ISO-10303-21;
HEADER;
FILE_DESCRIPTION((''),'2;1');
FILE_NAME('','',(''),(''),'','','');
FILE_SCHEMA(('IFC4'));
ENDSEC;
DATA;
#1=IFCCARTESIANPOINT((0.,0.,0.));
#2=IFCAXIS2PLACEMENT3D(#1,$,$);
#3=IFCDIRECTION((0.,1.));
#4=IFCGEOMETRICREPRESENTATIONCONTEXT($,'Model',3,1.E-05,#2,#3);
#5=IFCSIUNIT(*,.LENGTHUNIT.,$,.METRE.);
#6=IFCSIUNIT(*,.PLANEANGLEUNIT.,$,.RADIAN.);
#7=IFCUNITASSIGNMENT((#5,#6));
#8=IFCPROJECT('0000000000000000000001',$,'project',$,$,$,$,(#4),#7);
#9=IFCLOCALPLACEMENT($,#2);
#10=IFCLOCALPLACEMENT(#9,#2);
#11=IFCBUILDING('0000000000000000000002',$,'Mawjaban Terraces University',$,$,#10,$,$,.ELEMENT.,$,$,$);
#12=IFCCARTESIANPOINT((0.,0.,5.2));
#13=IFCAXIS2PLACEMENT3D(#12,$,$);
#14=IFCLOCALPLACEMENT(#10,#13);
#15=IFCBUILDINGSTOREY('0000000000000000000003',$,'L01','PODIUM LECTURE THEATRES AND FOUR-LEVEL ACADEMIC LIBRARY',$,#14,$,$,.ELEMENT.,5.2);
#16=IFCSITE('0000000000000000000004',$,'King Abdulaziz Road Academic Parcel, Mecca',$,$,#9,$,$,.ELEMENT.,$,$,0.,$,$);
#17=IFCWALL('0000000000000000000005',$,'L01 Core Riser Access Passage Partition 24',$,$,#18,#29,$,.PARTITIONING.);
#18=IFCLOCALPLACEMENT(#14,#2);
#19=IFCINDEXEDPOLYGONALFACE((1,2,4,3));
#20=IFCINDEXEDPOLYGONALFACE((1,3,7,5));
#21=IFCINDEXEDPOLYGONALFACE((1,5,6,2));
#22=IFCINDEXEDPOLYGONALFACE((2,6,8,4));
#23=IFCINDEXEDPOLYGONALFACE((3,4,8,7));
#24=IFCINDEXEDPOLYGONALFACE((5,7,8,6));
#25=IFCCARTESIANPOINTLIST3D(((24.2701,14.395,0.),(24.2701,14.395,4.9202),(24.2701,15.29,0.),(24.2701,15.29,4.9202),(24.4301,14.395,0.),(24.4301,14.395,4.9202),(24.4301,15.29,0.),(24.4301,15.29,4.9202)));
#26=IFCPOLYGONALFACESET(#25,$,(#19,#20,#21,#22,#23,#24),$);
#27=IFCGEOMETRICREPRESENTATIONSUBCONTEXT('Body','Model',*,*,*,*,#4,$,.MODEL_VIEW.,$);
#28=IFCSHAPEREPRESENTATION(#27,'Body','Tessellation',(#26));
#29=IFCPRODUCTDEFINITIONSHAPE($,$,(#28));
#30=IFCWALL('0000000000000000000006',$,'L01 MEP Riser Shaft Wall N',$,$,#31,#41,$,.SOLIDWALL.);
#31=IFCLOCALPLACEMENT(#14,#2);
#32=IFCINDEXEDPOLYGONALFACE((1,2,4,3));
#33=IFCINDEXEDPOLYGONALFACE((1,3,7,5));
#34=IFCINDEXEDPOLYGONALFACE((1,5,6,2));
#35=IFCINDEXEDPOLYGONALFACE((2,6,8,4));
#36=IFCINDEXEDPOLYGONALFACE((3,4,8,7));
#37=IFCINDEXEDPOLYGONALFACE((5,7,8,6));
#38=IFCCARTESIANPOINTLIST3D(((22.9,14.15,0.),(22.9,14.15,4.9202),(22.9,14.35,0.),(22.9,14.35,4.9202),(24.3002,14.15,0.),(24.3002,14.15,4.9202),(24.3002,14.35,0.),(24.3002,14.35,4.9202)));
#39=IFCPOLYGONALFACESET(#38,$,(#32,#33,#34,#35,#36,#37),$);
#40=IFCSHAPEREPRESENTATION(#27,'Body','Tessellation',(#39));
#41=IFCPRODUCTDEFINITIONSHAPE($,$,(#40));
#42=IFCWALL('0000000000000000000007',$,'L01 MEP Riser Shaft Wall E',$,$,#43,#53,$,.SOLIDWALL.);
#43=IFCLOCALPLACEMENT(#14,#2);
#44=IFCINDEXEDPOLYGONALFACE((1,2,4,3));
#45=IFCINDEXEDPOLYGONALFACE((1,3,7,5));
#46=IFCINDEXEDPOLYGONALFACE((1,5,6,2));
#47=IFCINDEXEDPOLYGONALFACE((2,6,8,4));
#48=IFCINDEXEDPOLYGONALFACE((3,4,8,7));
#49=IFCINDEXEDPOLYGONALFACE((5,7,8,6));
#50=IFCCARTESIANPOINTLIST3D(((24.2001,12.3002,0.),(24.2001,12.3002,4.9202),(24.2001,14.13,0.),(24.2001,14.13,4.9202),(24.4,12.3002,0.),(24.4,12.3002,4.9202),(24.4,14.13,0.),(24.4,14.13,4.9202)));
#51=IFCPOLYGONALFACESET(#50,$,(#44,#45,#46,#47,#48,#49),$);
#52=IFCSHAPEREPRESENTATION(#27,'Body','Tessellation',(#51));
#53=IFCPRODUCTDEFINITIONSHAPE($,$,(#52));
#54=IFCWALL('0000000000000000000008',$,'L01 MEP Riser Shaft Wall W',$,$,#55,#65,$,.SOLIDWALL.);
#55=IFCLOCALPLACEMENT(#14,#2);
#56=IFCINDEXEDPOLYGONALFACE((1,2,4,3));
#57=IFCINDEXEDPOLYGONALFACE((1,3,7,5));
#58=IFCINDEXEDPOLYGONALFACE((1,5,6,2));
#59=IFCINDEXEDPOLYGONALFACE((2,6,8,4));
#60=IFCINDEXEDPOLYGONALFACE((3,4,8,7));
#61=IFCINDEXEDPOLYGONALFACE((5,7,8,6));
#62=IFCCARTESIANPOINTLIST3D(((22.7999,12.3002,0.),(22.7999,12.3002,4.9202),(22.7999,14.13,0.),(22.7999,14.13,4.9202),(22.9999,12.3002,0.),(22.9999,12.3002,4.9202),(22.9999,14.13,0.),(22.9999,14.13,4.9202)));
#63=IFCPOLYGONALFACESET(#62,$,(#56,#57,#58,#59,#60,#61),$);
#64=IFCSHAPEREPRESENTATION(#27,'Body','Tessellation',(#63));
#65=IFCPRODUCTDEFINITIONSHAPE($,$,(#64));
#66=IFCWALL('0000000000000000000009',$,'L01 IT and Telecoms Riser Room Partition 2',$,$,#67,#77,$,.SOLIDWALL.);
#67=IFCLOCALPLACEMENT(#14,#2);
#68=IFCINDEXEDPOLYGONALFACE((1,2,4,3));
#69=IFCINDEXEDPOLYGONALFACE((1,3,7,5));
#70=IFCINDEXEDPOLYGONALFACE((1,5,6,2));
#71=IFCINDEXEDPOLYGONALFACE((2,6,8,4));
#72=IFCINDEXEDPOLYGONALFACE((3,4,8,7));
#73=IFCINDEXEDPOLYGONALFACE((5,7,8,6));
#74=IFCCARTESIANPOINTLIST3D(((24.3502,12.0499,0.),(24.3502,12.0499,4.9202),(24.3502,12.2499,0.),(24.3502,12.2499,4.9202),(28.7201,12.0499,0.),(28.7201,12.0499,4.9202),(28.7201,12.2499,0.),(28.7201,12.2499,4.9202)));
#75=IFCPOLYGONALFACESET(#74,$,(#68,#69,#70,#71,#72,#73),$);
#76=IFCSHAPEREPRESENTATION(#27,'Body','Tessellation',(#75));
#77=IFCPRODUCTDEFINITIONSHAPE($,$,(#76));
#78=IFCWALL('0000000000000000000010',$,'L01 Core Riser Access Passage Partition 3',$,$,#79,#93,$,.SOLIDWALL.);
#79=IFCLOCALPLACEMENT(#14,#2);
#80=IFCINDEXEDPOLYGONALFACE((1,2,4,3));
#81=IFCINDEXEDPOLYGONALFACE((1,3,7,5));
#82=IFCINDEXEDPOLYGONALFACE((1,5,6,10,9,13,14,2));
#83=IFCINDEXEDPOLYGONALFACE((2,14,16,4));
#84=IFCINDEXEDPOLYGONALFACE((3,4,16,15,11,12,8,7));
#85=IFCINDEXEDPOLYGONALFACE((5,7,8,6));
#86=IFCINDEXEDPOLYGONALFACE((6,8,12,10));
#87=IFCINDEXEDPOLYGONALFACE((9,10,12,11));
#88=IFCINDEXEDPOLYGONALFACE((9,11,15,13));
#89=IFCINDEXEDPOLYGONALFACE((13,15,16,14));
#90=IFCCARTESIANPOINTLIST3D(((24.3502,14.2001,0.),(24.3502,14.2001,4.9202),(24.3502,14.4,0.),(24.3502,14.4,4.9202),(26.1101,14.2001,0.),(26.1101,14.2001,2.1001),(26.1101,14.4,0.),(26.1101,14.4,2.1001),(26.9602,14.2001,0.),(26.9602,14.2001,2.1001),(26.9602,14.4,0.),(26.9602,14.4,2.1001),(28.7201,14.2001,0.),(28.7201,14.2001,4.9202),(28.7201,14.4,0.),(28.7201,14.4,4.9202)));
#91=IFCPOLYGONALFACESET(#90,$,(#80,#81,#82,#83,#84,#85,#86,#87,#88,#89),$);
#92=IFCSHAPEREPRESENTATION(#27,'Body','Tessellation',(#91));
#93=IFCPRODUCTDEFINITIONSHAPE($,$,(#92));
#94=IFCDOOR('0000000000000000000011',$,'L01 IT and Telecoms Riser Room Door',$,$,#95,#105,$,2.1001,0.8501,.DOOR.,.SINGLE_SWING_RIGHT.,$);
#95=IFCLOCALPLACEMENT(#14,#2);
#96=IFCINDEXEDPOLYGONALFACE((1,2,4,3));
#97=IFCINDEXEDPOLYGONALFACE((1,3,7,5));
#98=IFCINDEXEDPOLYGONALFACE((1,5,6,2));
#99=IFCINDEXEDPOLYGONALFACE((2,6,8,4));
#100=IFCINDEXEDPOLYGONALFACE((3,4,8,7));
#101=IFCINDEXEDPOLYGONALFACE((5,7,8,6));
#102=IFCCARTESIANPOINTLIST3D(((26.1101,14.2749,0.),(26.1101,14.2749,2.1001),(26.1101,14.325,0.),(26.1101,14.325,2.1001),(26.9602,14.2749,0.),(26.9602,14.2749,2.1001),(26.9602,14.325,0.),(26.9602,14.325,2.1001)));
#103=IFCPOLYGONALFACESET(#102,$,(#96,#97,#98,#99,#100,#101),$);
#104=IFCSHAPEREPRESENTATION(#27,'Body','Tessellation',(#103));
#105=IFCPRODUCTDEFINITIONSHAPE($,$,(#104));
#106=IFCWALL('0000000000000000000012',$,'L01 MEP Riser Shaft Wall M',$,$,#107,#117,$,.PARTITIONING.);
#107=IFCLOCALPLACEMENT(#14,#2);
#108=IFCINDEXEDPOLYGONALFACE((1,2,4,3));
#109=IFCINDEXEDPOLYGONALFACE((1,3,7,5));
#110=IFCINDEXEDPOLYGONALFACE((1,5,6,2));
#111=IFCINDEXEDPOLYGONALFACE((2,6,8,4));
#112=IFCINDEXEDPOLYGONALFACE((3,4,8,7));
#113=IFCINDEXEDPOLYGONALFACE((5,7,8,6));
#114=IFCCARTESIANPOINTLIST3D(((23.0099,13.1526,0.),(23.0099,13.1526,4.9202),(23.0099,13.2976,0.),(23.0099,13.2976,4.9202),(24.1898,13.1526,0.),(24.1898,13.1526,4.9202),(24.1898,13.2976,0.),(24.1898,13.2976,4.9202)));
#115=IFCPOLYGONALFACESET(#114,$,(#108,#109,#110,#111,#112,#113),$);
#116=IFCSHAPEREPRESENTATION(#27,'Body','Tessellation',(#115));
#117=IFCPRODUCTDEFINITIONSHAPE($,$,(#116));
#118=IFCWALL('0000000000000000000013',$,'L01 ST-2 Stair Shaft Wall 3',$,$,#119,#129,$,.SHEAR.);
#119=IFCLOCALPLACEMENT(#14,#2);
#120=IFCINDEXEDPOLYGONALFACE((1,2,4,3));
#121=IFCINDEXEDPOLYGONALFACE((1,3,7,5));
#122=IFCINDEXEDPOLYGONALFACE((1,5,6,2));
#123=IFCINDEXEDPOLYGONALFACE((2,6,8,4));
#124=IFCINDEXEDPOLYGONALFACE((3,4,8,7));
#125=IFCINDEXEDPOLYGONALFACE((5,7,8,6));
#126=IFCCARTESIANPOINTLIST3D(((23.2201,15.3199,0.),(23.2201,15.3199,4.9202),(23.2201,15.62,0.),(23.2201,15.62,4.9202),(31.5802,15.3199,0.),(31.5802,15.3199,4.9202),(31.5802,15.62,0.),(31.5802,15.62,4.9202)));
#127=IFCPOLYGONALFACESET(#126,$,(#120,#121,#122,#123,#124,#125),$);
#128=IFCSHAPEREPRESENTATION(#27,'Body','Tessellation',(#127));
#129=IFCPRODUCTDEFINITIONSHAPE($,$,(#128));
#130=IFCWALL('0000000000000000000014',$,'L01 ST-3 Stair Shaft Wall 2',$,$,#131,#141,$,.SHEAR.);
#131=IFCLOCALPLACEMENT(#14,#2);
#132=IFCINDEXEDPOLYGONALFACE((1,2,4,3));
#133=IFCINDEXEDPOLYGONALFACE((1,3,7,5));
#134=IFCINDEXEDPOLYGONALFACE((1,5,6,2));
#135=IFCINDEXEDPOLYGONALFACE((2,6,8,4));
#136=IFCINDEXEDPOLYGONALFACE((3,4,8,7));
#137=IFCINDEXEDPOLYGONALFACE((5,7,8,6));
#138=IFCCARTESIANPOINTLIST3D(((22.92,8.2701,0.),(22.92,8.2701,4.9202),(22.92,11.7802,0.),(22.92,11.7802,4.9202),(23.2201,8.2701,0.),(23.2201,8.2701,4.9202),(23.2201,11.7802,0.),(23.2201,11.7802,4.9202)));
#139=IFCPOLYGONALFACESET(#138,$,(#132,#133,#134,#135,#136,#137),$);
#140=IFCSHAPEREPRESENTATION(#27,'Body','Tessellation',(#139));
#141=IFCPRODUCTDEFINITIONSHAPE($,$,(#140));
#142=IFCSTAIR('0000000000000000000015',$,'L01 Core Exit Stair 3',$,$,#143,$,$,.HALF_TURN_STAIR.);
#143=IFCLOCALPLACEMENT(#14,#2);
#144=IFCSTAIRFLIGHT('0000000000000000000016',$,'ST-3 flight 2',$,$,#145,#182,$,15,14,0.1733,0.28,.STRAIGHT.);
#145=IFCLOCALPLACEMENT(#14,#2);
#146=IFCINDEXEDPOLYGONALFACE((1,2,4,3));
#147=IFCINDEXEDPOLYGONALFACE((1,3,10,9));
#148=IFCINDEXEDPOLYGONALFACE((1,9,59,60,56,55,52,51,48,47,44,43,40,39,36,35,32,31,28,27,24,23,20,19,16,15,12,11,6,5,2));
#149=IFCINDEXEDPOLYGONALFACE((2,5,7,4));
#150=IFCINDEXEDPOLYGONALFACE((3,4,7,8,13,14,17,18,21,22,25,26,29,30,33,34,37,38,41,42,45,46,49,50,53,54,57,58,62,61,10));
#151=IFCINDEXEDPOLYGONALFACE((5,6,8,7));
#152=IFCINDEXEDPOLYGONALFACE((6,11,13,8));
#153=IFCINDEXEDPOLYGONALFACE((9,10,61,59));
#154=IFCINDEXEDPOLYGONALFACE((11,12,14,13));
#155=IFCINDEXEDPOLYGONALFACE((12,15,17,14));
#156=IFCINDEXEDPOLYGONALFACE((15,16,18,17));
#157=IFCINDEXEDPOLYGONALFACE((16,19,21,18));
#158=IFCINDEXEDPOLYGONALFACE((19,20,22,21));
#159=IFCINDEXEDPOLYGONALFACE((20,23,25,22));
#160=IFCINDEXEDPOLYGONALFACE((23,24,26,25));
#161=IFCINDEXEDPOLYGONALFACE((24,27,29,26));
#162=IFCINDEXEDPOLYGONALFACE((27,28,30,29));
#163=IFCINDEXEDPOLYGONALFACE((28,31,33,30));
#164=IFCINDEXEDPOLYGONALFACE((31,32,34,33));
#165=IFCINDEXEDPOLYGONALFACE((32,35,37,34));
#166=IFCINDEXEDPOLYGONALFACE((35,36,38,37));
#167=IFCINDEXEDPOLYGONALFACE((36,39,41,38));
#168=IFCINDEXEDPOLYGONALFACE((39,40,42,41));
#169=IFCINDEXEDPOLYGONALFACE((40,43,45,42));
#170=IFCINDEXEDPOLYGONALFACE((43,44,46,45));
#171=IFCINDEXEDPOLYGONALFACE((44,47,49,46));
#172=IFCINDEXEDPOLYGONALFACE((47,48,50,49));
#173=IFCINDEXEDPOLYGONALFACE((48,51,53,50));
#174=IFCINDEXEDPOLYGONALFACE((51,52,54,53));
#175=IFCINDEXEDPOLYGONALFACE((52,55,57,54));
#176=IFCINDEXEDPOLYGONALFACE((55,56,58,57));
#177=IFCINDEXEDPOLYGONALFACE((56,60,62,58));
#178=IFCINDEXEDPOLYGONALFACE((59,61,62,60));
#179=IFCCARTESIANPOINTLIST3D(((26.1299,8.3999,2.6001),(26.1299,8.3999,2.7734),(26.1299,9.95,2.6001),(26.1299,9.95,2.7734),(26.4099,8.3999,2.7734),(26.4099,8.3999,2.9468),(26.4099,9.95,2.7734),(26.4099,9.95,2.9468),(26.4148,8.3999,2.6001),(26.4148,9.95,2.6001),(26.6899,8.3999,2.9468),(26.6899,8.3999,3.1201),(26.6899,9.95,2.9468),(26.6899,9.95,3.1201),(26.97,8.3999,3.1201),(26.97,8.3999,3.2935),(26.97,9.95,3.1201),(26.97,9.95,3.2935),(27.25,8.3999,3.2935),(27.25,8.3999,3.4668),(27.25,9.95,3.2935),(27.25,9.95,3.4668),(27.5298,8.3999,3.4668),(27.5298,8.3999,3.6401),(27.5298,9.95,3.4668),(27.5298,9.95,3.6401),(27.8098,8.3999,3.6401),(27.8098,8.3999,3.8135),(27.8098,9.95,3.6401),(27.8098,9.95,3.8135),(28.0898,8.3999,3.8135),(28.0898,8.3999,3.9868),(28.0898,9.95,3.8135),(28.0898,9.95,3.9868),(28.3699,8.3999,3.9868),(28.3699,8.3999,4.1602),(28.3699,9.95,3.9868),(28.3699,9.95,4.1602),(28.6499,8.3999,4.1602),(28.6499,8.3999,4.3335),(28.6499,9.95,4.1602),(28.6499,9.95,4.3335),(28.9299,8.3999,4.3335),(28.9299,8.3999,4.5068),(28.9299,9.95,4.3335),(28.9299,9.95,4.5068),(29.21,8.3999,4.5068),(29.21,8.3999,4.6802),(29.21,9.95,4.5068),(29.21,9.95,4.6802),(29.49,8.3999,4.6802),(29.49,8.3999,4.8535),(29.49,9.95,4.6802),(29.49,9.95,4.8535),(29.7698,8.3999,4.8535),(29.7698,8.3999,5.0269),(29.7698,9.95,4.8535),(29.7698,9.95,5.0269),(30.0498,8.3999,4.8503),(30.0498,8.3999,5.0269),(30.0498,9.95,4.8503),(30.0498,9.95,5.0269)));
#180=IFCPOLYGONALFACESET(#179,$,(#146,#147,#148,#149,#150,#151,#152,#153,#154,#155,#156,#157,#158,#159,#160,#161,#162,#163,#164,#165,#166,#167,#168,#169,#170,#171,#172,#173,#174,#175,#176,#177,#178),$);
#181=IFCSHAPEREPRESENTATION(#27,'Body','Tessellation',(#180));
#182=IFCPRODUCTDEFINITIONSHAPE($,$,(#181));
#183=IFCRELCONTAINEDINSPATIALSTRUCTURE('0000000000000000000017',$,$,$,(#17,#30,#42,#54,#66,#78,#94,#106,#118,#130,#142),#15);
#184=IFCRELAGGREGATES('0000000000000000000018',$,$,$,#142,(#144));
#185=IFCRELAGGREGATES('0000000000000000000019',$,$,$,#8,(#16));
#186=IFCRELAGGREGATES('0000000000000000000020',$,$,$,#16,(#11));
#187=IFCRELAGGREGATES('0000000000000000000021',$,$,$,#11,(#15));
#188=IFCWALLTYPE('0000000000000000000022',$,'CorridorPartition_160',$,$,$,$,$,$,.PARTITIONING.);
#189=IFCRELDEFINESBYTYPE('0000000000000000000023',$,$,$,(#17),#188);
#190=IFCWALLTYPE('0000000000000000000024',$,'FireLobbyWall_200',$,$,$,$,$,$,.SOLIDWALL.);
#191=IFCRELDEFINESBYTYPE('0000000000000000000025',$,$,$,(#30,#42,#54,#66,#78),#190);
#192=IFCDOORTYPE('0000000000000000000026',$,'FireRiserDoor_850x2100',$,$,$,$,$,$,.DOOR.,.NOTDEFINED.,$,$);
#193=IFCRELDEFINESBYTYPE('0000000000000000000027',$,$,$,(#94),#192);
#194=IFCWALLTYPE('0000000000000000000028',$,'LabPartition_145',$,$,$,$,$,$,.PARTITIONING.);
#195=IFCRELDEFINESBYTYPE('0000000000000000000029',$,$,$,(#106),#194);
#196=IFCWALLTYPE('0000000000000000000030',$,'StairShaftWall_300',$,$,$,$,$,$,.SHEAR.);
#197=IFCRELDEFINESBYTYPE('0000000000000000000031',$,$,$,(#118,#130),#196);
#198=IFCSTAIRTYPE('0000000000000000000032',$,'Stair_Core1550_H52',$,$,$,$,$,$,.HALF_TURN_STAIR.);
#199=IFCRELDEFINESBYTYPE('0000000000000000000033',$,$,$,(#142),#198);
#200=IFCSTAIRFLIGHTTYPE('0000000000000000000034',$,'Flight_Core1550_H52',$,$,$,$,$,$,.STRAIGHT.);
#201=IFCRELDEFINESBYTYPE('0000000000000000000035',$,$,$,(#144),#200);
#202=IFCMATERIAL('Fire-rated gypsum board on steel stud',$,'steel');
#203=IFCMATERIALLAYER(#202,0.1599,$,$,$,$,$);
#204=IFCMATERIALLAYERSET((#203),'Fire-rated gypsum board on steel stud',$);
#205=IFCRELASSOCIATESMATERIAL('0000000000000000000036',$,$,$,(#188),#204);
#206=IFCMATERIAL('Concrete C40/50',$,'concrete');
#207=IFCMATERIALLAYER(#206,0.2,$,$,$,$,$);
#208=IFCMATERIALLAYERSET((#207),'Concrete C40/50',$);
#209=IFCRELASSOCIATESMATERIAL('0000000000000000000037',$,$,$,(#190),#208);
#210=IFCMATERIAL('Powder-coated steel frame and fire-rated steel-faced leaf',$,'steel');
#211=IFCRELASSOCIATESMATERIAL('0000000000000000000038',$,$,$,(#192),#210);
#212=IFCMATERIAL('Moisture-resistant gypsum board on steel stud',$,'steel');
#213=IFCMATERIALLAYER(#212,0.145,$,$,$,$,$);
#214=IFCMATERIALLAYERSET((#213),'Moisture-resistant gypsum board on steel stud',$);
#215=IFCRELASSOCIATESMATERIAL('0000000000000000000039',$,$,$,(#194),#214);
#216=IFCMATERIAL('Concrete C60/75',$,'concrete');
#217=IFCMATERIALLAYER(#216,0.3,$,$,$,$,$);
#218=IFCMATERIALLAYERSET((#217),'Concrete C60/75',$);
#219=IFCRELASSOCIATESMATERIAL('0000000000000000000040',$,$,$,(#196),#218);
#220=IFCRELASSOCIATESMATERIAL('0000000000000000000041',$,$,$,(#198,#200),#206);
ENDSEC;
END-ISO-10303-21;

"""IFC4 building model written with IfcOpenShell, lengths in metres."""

from ifc_helpers import new_model, si_unit, direction, frame, frame_2d, origin, place, context, subcontext, project, spatial, polyline, rectangle, outline, extrude, material, layer, layer_set, type_object, element, fill, aggregate, save


model = new_model("IFC4")

# Units and contexts
model_context = context("Model", 3, precision=1e-05, world=origin(), true_north=direction((0.0, 1.0)))
body_context = subcontext(model_context, "Body", "Model", "MODEL_VIEW")
ifc_project = project(units=[si_unit("LENGTHUNIT", "METRE"), si_unit("PLANEANGLEUNIT", "RADIAN")], contexts=[model_context])

# Site, building, storey
site_placement = place(None, origin())
site = spatial("IfcSite", under=ifc_project, at=site_placement, Name="King Abdulaziz Road Academic Parcel, Mecca", CompositionType="ELEMENT", RefElevation=0.0)
building_placement = place(site_placement, origin())
building = spatial("IfcBuilding", under=site, at=building_placement, Name="Mawjaban Terraces University", CompositionType="ELEMENT")
storey_placement = place(building_placement, frame((0.0, 0.0, 5.2)))
storey = spatial("IfcBuildingStorey", under=building, at=storey_placement, Name="L01", Description="PODIUM LECTURE THEATRES AND FOUR-LEVEL ACADEMIC LIBRARY", CompositionType="ELEMENT", Elevation=5.2)

# Walls
ifc_material_1 = material(Name="Fire-rated gypsum board on steel stud", Category="steel")
ifc_layer_1 = layer(ifc_material_1, 0.1599)
ifc_layer_set_1 = layer_set([ifc_layer_1], Name="Fire-rated gypsum board on steel stud")
wall_type_1 = type_object("IfcWallType", Name="CorridorPartition_160", PredefinedType="PARTITIONING", material=ifc_layer_set_1)
wall_1_placement = place(storey_placement, frame((24.3501, 15.29, 0.0), z_axis=(0.0, 0.0, 1.0), x_axis=(0.0, -1.0, 0.0)))
element("IfcWall", 1, at=wall_1_placement, inside=storey, type_object=wall_type_1, Name="L01 Core Riser Access Passage Partition 24", PredefinedType="PARTITIONING", context=body_context, shape_type="SweptSolid", body=[
    extrude(rectangle(XDim=0.895, YDim=0.1599, at=frame_2d((0.4475, 0.0))), origin(), (0.0, 0.0, 1.0), 4.9202),
])
ifc_material_2 = material(Name="Concrete C40/50", Category="concrete")
ifc_layer_2 = layer(ifc_material_2, 0.2)
ifc_layer_set_2 = layer_set([ifc_layer_2], Name="Concrete C40/50")
wall_type_2 = type_object("IfcWallType", Name="FireLobbyWall_200", PredefinedType="SOLIDWALL", material=ifc_layer_set_2)
wall_2_placement = place(storey_placement, frame((22.8999, 14.25, 0.0), z_axis=(0.0, 0.0, 1.0), x_axis=(1.0, 0.0, 0.0)))
element("IfcWall", 2, at=wall_2_placement, inside=storey, type_object=wall_type_2, Name="L01 MEP Riser Shaft Wall N", PredefinedType="SOLIDWALL", context=body_context, shape_type="SweptSolid", body=[
    extrude(rectangle(XDim=1.4001, YDim=0.2, at=frame_2d((0.7002, 0.0))), origin(), (0.0, 0.0, 1.0), 4.9202),
])
for number, where, z_axis, x_axis, name in (
    (3, (24.3, 12.3, 0.0), (0.0, 0.0, 1.0), (0.0, 1.0, 0.0), "L01 MEP Riser Shaft Wall E"),
    (4, (22.8999, 12.3, 0.0), (0.0, 0.0, 1.0), (0.0, 1.0, 0.0), "L01 MEP Riser Shaft Wall W"),
):
    element("IfcWall", number, at=place(storey_placement, frame(where, z_axis=z_axis, x_axis=x_axis)), inside=storey, type_object=wall_type_2, Name=name, PredefinedType="SOLIDWALL", context=body_context, shape_type="SweptSolid", body=[
        extrude(rectangle(XDim=1.8298, YDim=0.2, at=frame_2d((0.915, 0.0))), origin(), (0.0, 0.0, 1.0), 4.9202),
    ])
wall_3_placement = place(storey_placement, frame((24.3501, 12.1499, 0.0), z_axis=(0.0, 0.0, 1.0), x_axis=(1.0, 0.0, 0.0)))
element("IfcWall", 5, at=wall_3_placement, inside=storey, type_object=wall_type_2, Name="L01 IT and Telecoms Riser Room Partition 2", PredefinedType="SOLIDWALL", context=body_context, shape_type="SweptSolid", body=[
    extrude(rectangle(XDim=4.3699, YDim=0.2, at=frame_2d((2.1851, 0.0))), origin(), (0.0, 0.0, 1.0), 4.9202),
])

# Wall, opening, door
wall_4_placement = place(storey_placement, frame((24.3501, 14.3, 0.0), z_axis=(0.0, 0.0, 1.0), x_axis=(1.0, 0.0, 0.0)))
wall_4 = element("IfcWall", 6, at=wall_4_placement, inside=storey, type_object=wall_type_2, Name="L01 Core Riser Access Passage Partition 3", PredefinedType="SOLIDWALL", context=body_context, shape_type="SweptSolid", body=[
    extrude(rectangle(XDim=4.3699, YDim=0.2, at=frame_2d((2.1851, 0.0))), origin(), (0.0, 0.0, 1.0), 4.9202),
])
opening_placement = place(wall_4_placement, frame((1.76, 0.0, 0.0)))
opening = element("IfcOpeningElement", 7, at=opening_placement, cuts=wall_4, PredefinedType="OPENING", context=body_context, shape_type="SweptSolid", body=[
    extrude(rectangle(XDim=0.8501, YDim=2.1001, at=frame_2d((0.425, 1.05))), frame((0.0, 0.1099, 0.0), z_axis=(0.0, -1.0, 0.0), x_axis=(1.0, 0.0, 0.0)), (0.0, 0.0, 1.0), 0.22),
])
ifc_material_3 = material(Name="Powder-coated steel frame and fire-rated steel-faced leaf", Category="steel")
door_type = type_object("IfcDoorType", Name="FireRiserDoor_850x2100", OperationType="NOTDEFINED", PredefinedType="DOOR", material=ifc_material_3)
door_placement = place(opening_placement, origin())
door = element("IfcDoor", 8, at=door_placement, inside=storey, type_object=door_type, Name="L01 IT and Telecoms Riser Room Door", OperationType="SINGLE_SWING_RIGHT", OverallHeight=2.1001, OverallWidth=0.8501, PredefinedType="DOOR", context=body_context, shape_type="SweptSolid", body=[
    extrude(rectangle(XDim=0.8501, YDim=2.1001, at=frame_2d((0.425, 1.05))), frame((0.0, 0.0249, 0.0), z_axis=(0.0, -1.0, 0.0), x_axis=(1.0, 0.0, 0.0)), (0.0, 0.0, 1.0), 0.05),
])
fill(opening, door)

# Walls
ifc_material_4 = material(Name="Moisture-resistant gypsum board on steel stud", Category="steel")
ifc_layer_3 = layer(ifc_material_4, 0.145)
ifc_layer_set_3 = layer_set([ifc_layer_3], Name="Moisture-resistant gypsum board on steel stud")
wall_type_3 = type_object("IfcWallType", Name="LabPartition_145", PredefinedType="PARTITIONING", material=ifc_layer_set_3)
wall_5_placement = place(storey_placement, frame((23.01, 13.2251, 0.0), z_axis=(0.0, 0.0, 1.0), x_axis=(1.0, 0.0, 0.0)))
element("IfcWall", 9, at=wall_5_placement, inside=storey, type_object=wall_type_3, Name="L01 MEP Riser Shaft Wall M", PredefinedType="PARTITIONING", context=body_context, shape_type="SweptSolid", body=[
    extrude(rectangle(XDim=1.1799, YDim=0.145, at=frame_2d((0.5898, 0.0))), origin(), (0.0, 0.0, 1.0), 4.9202),
])
ifc_material_5 = material(Name="Concrete C60/75", Category="concrete")
ifc_layer_4 = layer(ifc_material_5, 0.3)
ifc_layer_set_4 = layer_set([ifc_layer_4], Name="Concrete C60/75")
wall_type_4 = type_object("IfcWallType", Name="StairShaftWall_300", PredefinedType="SHEAR", material=ifc_layer_set_4)
wall_6_placement = place(storey_placement, frame((23.22, 15.47, 0.0), z_axis=(0.0, 0.0, 1.0), x_axis=(1.0, 0.0, 0.0)))
element("IfcWall", 10, at=wall_6_placement, inside=storey, type_object=wall_type_4, Name="L01 ST-2 Stair Shaft Wall 3", PredefinedType="SHEAR", context=body_context, shape_type="SweptSolid", body=[
    extrude(rectangle(XDim=8.3601, YDim=0.3, at=frame_2d((4.1802, 0.0))), origin(), (0.0, 0.0, 1.0), 4.9202),
])
wall_7_placement = place(storey_placement, frame((23.0701, 11.78, 0.0), z_axis=(0.0, 0.0, 1.0), x_axis=(0.0, -1.0, 0.0)))
element("IfcWall", 11, at=wall_7_placement, inside=storey, type_object=wall_type_4, Name="L01 ST-3 Stair Shaft Wall 2", PredefinedType="SHEAR", context=body_context, shape_type="SweptSolid", body=[
    extrude(rectangle(XDim=3.51, YDim=0.3, at=frame_2d((1.7549, 0.0))), origin(), (0.0, 0.0, 1.0), 4.9202),
])

# Stair, stair flight
stair_type = type_object("IfcStairType", Name="Stair_Core1550_H52", PredefinedType="HALF_TURN_STAIR", material=ifc_material_2)
stair_placement = place(storey_placement, origin())
stair = element("IfcStair", 12, at=stair_placement, inside=storey, type_object=stair_type, Name="L01 Core Exit Stair 3", PredefinedType="HALF_TURN_STAIR")
stair_flight_type = type_object("IfcStairFlightType", Name="Flight_Core1550_H52", PredefinedType="STRAIGHT", material=ifc_material_2)
stair_flight_placement = place(storey_placement, frame((26.1299, 9.175, 2.6001), z_axis=(0.0, 0.0, 1.0), x_axis=(1.0, 0.0, 0.0)))
stair_flight = element("IfcStairFlight", 13, at=stair_flight_placement, type_object=stair_flight_type, Name="ST-3 flight 2", NumberOfRisers=15, NumberOfTreads=14, PredefinedType="STRAIGHT", RiserHeight=0.1733, TreadLength=0.28, context=body_context, shape_type="SweptSolid", body=[
    extrude(outline(polyline([(0.0, 0.0), (0.0, 0.1733), (0.28, 0.1733), (0.28, 0.3467), (0.5601, 0.3467), (0.5601, 0.52), (0.8401, 0.52), (0.8401, 0.6934), (1.1201, 0.6934), (1.1201, 0.8667), (1.3999, 0.8667), (1.3999, 1.04), (1.6799, 1.04), (1.6799, 1.2134), (1.96, 1.2134), (1.96, 1.3867), (2.24, 1.3867), (2.24, 1.5601), (2.52, 1.5601), (2.52, 1.7334), (2.8, 1.7334), (2.8, 1.9067), (3.0801, 1.9067), (3.0801, 2.0801), (3.3601, 2.0801), (3.3601, 2.2534), (3.6399, 2.2534), (3.6399, 2.4268), (3.9199, 2.4268), (3.9199, 2.6001), (3.9199, 2.2502), (0.2849, 0.0), (0.0, 0.0)])), frame((0.0, 0.7749, 0.0), z_axis=(0.0, -1.0, 0.0), x_axis=(1.0, 0.0, 0.0)), (0.0, 0.0, 1.0), 1.55),
])
aggregate(stair, [stair_flight])

save(model, "model.ifc")
